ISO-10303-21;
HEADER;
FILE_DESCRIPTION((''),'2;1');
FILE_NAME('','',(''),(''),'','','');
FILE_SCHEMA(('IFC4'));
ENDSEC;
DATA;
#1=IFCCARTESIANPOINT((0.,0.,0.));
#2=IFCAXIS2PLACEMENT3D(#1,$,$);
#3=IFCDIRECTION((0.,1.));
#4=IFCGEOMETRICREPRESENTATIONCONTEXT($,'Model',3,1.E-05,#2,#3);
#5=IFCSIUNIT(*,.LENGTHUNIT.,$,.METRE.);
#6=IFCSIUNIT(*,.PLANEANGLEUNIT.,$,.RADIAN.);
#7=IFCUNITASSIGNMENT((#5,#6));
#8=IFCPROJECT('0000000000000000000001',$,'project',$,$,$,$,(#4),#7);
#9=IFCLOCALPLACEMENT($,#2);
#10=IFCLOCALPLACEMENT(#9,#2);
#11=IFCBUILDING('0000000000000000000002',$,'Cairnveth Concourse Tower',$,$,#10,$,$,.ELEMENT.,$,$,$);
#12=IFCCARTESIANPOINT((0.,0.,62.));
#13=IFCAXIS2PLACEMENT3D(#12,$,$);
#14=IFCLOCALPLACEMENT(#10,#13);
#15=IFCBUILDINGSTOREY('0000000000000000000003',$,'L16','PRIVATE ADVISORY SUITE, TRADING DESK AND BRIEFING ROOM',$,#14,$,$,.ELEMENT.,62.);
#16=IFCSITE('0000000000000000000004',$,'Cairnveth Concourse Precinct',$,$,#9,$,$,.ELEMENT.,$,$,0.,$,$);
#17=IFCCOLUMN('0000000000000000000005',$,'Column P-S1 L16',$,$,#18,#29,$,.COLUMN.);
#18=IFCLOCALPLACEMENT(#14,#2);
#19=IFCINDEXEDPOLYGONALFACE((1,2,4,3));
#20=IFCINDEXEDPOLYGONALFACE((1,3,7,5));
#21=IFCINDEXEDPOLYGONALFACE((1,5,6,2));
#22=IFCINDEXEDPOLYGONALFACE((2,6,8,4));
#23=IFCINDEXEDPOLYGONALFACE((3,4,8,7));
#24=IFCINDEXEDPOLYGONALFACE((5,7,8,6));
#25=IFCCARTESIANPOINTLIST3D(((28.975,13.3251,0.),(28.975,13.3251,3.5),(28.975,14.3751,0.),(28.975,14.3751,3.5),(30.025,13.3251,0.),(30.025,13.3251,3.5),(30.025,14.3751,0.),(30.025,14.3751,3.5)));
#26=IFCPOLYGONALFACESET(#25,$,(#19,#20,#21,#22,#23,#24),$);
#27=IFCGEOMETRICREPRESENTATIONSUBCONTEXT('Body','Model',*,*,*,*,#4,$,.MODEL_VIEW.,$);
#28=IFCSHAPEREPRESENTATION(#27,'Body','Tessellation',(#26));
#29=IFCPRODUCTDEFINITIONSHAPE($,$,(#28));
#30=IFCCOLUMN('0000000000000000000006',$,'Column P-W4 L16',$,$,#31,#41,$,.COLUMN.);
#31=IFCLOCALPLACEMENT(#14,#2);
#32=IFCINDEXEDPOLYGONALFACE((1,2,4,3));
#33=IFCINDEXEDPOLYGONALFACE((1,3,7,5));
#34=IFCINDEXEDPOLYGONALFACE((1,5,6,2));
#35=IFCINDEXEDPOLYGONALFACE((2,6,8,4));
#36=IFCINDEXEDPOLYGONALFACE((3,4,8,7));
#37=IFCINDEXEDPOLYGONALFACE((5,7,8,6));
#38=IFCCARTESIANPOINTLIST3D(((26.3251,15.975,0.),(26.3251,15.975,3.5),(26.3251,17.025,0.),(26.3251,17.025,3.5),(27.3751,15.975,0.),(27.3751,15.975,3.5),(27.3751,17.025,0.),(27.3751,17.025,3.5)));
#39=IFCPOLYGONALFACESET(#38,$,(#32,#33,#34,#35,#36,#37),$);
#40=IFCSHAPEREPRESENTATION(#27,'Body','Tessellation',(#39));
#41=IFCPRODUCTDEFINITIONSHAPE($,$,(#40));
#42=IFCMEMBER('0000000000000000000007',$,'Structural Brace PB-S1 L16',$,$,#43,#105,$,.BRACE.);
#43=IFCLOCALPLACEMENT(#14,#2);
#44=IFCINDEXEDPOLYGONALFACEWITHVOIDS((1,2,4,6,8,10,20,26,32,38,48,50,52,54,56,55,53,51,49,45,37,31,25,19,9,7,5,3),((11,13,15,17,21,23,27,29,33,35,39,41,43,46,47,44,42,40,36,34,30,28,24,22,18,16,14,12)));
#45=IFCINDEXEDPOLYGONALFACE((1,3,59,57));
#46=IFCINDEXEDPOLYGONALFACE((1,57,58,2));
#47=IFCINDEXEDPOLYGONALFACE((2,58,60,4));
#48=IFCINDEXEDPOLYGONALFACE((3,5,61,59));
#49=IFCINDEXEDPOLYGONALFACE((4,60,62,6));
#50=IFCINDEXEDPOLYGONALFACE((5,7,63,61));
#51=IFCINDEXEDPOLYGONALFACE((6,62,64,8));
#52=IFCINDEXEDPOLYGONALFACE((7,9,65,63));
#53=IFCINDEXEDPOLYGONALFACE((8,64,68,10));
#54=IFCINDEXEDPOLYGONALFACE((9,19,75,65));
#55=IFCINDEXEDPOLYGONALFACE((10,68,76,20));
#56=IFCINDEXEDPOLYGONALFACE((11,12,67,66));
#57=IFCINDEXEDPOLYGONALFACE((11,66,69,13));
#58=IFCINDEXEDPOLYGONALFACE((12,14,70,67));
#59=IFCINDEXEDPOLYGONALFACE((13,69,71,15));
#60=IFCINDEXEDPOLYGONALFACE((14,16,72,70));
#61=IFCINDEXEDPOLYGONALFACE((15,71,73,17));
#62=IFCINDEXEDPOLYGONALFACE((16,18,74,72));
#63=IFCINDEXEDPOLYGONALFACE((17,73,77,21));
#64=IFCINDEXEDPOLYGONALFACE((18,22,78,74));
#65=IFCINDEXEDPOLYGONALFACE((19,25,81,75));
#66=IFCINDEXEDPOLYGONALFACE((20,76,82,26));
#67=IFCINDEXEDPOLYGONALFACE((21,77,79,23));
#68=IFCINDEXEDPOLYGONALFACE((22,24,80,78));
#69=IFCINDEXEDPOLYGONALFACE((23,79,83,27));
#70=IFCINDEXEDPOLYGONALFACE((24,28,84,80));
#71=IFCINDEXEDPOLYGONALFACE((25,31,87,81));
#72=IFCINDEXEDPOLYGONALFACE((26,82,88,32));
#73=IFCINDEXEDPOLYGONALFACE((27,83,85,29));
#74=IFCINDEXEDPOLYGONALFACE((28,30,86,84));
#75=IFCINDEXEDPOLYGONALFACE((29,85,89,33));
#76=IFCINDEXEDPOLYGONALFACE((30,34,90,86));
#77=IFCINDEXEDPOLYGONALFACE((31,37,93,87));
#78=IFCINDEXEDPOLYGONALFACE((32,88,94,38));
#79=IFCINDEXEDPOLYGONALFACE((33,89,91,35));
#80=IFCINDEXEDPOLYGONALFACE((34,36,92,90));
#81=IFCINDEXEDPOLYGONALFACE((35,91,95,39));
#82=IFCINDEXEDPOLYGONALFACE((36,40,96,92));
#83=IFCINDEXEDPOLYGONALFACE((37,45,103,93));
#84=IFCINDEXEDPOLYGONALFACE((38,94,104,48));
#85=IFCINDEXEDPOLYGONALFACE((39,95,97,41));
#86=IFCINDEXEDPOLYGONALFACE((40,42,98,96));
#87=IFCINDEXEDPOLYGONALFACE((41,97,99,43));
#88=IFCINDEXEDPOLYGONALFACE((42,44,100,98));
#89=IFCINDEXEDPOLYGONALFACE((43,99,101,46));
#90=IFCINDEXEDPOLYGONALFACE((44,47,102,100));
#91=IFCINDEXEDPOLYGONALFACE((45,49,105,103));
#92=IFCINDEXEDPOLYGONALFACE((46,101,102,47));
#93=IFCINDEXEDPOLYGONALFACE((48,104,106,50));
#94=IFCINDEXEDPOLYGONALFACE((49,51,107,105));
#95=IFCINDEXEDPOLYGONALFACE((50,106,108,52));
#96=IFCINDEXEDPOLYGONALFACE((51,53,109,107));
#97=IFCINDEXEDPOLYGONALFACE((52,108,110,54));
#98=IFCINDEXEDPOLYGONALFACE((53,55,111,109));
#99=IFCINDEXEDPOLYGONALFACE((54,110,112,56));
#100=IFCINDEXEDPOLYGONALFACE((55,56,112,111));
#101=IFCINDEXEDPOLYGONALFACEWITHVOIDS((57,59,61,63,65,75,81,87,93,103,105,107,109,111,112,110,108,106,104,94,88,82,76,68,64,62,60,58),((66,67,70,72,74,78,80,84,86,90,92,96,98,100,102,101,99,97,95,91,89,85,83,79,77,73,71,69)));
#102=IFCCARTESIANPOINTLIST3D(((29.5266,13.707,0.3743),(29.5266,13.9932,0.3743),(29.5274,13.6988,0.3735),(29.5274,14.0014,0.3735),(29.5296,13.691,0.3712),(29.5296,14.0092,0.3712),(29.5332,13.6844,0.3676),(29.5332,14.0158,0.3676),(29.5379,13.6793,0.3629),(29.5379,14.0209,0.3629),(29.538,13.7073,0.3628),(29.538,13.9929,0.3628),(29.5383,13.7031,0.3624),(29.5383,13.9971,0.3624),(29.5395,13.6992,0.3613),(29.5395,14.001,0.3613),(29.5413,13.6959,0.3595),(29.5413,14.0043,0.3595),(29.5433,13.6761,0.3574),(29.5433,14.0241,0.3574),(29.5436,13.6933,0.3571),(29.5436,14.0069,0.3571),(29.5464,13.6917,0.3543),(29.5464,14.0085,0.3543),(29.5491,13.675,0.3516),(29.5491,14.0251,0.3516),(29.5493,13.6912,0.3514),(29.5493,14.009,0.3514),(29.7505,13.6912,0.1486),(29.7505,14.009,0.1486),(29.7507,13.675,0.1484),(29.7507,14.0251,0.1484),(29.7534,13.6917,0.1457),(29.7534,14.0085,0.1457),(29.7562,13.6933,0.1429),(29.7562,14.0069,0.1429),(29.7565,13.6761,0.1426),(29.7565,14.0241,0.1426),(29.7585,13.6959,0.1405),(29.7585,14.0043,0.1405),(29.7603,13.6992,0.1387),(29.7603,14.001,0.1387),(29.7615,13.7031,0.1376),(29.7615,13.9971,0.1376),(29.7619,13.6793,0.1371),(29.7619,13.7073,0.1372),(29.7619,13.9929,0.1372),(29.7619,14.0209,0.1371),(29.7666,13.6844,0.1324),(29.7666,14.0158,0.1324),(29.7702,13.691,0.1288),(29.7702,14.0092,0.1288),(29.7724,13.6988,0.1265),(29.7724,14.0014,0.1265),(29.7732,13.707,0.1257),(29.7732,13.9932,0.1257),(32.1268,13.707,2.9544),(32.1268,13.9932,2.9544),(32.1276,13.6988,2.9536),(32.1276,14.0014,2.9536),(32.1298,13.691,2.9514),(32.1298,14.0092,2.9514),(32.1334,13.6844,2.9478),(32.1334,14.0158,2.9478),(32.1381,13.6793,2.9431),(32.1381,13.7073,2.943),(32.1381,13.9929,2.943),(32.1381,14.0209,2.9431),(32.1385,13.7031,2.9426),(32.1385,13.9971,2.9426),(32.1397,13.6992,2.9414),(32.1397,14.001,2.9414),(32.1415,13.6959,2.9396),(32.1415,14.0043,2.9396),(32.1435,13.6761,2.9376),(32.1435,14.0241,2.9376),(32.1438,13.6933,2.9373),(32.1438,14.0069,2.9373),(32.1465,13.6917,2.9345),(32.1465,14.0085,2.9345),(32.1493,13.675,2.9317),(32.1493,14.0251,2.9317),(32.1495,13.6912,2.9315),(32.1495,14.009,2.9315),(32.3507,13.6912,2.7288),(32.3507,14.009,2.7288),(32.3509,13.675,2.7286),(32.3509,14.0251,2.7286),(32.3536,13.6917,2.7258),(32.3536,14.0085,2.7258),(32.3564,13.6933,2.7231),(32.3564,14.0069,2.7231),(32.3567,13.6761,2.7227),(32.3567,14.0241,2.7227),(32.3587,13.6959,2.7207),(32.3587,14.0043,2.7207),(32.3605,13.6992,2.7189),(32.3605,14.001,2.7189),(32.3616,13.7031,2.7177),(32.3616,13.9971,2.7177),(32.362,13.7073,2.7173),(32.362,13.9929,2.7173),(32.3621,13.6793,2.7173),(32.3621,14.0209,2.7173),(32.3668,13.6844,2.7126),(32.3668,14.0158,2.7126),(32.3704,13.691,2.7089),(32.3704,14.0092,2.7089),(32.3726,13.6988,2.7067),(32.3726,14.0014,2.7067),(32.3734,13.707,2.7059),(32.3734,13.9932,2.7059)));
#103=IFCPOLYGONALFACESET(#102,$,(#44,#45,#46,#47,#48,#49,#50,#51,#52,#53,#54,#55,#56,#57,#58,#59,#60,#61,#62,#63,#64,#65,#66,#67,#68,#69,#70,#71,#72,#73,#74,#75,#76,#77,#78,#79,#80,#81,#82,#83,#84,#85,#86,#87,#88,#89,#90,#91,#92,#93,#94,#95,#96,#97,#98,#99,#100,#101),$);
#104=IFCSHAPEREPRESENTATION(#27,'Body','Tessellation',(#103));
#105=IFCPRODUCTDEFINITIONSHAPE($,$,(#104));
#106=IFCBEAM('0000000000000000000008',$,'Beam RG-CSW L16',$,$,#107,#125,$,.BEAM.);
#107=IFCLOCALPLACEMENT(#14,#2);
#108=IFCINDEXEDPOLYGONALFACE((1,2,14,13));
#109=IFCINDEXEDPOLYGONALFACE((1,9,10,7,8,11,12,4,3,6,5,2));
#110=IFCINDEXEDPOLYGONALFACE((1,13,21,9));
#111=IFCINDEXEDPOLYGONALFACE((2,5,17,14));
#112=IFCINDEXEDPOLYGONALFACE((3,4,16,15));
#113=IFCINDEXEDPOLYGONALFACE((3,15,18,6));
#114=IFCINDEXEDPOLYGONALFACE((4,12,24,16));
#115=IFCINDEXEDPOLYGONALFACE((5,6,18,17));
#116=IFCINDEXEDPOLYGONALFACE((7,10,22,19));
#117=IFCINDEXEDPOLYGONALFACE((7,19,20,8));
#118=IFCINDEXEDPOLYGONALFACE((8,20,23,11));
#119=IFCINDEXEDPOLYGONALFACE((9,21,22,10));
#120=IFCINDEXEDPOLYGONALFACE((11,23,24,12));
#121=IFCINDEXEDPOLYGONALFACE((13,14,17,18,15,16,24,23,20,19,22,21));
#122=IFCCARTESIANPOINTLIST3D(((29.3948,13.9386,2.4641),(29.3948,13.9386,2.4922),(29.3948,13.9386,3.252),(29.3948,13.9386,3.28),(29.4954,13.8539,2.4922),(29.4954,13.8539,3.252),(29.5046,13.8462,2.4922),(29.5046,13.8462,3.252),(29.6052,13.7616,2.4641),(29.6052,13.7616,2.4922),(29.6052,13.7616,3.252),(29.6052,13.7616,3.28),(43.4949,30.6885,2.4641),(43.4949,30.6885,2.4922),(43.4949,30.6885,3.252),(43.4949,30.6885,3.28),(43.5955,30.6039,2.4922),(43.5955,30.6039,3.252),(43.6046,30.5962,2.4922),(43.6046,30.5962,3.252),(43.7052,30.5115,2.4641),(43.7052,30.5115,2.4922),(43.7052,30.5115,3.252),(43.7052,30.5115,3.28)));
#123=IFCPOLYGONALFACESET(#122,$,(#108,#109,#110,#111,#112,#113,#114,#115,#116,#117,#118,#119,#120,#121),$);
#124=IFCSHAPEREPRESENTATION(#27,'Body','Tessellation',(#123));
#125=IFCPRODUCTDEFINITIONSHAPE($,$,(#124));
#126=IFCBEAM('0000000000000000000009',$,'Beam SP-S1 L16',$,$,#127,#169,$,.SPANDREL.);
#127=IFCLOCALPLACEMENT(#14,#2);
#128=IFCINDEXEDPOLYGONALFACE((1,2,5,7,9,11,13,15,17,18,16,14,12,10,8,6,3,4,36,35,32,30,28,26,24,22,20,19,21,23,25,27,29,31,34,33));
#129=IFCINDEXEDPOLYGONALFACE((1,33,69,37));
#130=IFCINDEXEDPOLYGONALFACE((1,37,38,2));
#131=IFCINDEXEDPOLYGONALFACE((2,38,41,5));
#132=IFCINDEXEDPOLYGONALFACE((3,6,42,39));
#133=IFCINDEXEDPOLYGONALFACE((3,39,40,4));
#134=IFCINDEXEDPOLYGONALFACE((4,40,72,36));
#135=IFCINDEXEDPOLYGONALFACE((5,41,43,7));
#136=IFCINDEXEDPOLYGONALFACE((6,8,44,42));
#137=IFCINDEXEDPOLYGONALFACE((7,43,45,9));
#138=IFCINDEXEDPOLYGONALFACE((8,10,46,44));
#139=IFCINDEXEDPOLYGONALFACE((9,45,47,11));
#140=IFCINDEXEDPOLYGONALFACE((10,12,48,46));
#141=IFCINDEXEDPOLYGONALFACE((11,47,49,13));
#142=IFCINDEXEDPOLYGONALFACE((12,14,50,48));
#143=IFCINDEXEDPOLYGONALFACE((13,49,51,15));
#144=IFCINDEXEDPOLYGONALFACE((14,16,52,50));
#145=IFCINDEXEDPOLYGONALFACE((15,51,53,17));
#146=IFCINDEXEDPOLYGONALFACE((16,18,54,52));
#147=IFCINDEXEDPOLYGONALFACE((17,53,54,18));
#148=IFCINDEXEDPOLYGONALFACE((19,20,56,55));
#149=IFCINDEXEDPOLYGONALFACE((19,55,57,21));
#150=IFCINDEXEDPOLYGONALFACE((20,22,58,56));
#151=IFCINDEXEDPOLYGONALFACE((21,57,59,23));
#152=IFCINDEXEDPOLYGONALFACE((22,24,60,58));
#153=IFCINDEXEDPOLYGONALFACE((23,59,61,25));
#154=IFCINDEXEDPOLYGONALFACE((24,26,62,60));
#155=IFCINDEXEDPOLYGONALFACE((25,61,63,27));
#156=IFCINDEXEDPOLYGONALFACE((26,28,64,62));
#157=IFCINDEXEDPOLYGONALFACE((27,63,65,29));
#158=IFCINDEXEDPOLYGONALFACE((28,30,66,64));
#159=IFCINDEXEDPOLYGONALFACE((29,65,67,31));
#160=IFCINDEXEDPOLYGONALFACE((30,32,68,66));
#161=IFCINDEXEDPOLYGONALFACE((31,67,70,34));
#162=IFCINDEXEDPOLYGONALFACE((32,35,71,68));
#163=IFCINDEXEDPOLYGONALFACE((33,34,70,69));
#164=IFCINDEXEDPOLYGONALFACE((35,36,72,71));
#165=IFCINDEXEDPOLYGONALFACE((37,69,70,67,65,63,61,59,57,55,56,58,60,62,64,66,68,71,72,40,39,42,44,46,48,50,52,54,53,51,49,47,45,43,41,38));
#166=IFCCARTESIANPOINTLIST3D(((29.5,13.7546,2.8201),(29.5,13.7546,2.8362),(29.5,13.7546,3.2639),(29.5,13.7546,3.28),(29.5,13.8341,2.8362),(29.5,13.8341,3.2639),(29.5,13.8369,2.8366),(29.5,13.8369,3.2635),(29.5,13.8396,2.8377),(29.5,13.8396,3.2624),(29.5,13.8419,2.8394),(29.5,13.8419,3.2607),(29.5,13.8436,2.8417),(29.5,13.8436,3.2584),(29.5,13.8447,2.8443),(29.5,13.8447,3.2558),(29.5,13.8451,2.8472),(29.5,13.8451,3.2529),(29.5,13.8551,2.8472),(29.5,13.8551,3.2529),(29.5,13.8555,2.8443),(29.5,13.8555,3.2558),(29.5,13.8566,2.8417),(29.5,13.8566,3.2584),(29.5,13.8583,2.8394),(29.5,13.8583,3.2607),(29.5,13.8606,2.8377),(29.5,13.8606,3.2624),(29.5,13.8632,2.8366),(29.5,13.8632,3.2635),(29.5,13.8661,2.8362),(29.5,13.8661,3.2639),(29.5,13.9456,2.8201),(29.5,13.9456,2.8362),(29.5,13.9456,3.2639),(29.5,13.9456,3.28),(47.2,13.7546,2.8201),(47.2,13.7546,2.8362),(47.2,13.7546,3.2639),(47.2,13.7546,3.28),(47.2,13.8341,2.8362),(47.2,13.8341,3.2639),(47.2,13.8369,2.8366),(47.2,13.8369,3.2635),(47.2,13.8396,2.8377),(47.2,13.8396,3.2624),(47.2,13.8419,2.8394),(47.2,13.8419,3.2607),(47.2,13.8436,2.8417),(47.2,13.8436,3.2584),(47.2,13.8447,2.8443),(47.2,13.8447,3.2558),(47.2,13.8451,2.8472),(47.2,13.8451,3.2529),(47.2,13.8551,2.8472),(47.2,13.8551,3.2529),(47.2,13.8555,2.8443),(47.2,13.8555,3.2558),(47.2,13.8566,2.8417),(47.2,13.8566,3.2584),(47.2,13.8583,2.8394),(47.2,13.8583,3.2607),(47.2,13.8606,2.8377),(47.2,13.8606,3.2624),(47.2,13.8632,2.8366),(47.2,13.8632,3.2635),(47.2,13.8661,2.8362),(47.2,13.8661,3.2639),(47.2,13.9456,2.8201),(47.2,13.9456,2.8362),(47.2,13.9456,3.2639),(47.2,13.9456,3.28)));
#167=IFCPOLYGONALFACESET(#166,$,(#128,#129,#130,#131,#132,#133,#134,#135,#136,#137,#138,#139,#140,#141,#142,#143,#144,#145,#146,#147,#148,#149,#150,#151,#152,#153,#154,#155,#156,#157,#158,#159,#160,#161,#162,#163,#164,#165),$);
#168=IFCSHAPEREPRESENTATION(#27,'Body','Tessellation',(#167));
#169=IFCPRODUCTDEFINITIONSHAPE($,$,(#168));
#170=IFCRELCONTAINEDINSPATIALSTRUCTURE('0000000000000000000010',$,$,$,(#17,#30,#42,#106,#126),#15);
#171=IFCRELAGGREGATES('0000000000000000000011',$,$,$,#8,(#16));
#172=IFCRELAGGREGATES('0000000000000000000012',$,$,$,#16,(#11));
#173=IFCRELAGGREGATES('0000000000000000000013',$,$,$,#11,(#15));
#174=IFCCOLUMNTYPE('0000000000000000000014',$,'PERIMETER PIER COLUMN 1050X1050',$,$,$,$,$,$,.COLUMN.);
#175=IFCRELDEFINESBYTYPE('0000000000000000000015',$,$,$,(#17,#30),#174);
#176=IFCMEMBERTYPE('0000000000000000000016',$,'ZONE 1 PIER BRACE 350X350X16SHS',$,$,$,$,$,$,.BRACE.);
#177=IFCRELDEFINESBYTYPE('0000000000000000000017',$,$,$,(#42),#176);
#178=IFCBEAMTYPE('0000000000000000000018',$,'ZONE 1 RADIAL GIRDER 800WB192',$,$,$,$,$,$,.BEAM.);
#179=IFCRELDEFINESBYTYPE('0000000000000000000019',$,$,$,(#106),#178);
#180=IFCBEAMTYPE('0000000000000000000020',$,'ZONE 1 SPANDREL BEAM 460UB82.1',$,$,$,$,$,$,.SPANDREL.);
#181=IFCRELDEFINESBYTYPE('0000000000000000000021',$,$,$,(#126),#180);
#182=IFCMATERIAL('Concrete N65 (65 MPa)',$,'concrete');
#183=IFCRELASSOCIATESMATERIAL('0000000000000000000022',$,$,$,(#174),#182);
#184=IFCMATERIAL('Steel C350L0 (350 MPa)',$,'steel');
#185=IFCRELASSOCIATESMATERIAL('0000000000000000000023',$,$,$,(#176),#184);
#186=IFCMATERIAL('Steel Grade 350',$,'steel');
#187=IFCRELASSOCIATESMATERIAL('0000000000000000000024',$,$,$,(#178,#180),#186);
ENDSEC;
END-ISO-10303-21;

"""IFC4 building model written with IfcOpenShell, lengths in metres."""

from ifc_helpers import new_model, si_unit, direction, frame, origin, origin_2d, place, context, subcontext, project, spatial, rectangle, hollow_rectangle, i_section, extrude, material, material_profile, profile_set, type_object, element, save


model = new_model("IFC4")

# Units and contexts
model_context = context("Model", 3, precision=1e-05, world=origin(), true_north=direction((0.0, 1.0)))
body_context = subcontext(model_context, "Body", "Model", "MODEL_VIEW")
ifc_project = project(units=[si_unit("LENGTHUNIT", "METRE"), si_unit("PLANEANGLEUNIT", "RADIAN")], contexts=[model_context])

# Site, building, storey
site_placement = place(None, origin())
site = spatial("IfcSite", under=ifc_project, at=site_placement, Name="Cairnveth Concourse Precinct", CompositionType="ELEMENT", RefElevation=0.0)
building_placement = place(site_placement, origin())
building = spatial("IfcBuilding", under=site, at=building_placement, Name="Cairnveth Concourse Tower", CompositionType="ELEMENT")
storey_placement = place(building_placement, frame((0.0, 0.0, 62.0)))
storey = spatial("IfcBuildingStorey", under=building, at=storey_placement, Name="L16", Description="PRIVATE ADVISORY SUITE, TRADING DESK AND BRIEFING ROOM", CompositionType="ELEMENT", Elevation=62.0)

# Columns
ifc_material_1 = material(Name="Concrete N65 (65 MPa)", Category="concrete")
ifc_material_profile_1 = material_profile(ifc_material_1, rectangle(XDim=1.05, YDim=1.05, at=origin_2d()), Name="RC-COL-1050x1050")
ifc_profile_set_1 = profile_set([ifc_material_profile_1], Name="Concrete N65 (65 MPa)")
column_type = type_object("IfcColumnType", Name="PERIMETER PIER COLUMN 1050X1050", PredefinedType="COLUMN", material=ifc_profile_set_1)
for number, where, z_axis, x_axis, name in (
    (1, (29.5, 13.8501, 0.0), (0.0, 0.0, 1.0), (1.0, 0.0, 0.0), "Column P-S1 L16"),
    (2, (26.8501, 16.5, 0.0), (0.0, 0.0, 1.0), (0.0, 1.0, 0.0), "Column P-W4 L16"),
):
    element("IfcColumn", number, at=place(storey_placement, frame(where, z_axis=z_axis, x_axis=x_axis)), inside=storey, type_object=column_type, Name=name, PredefinedType="COLUMN", context=body_context, shape_type="SweptSolid", body=[
        extrude(rectangle(XDim=1.05, YDim=1.05, at=origin_2d()), origin(), (0.0, 0.0, 1.0), 3.5),
    ])

# Member
ifc_material_2 = material(Name="Steel C350L0 (350 MPa)", Category="steel")
ifc_material_profile_2 = material_profile(ifc_material_2, hollow_rectangle(XDim=0.3501, YDim=0.3501, WallThickness=0.0161, InnerFilletRadius=0.0161, OuterFilletRadius=0.032, at=origin_2d()), Name="350x350x16.0SHS")
ifc_profile_set_2 = profile_set([ifc_material_profile_2], Name="Steel C350L0 (350 MPa)")
member_type = type_object("IfcMemberType", Name="ZONE 1 PIER BRACE 350X350X16SHS", PredefinedType="BRACE", material=ifc_profile_set_2)
member_placement = place(storey_placement, frame((29.6499, 13.8501, 0.25), z_axis=(0.709834, 0.0, 0.704369), x_axis=(0.0, 1.0, 0.0)))
element("IfcMember", 3, at=member_placement, inside=storey, type_object=member_type, Name="Structural Brace PB-S1 L16", PredefinedType="BRACE", context=body_context, shape_type="SweptSolid", body=[
    extrude(hollow_rectangle(XDim=0.3501, YDim=0.3501, WallThickness=0.0161, InnerFilletRadius=0.0161, OuterFilletRadius=0.032, at=origin_2d()), origin(), (0.0, 0.0, 1.0), 3.6631),
])

# Beams
ifc_material_3 = material(Name="Steel Grade 350", Category="steel")
ifc_material_profile_3 = material_profile(ifc_material_3, i_section(OverallWidth=0.2749, OverallDepth=0.8159, WebThickness=0.012, FlangeThickness=0.0281, at=origin_2d()), Name="800WB192")
ifc_profile_set_3 = profile_set([ifc_material_profile_3], Name="Steel Grade 350")
beam_type_1 = type_object("IfcBeamType", Name="ZONE 1 RADIAL GIRDER 800WB192", PredefinedType="BEAM", material=ifc_profile_set_3)
beam_placement = place(storey_placement, frame((29.5, 13.8501, 2.8721), z_axis=(0.643998, 0.765027, 0.0), x_axis=(-0.765027, 0.643998, 0.0)))
element("IfcBeam", 4, at=beam_placement, inside=storey, type_object=beam_type_1, Name="Beam RG-CSW L16", PredefinedType="BEAM", context=body_context, shape_type="SweptSolid", body=[
    extrude(i_section(OverallWidth=0.2749, OverallDepth=0.8159, WebThickness=0.012, FlangeThickness=0.0281, at=origin_2d()), origin(), (0.0, 0.0, 1.0), 21.8945),
])
ifc_material_profile_4 = material_profile(ifc_material_3, i_section(OverallWidth=0.1909, OverallDepth=0.46, WebThickness=0.01, FlangeThickness=0.0161, FilletRadius=0.011, at=origin_2d()), Name="460UB82.1")
ifc_profile_set_4 = profile_set([ifc_material_profile_4], Name="Steel Grade 350")
beam_type_2 = type_object("IfcBeamType", Name="ZONE 1 SPANDREL BEAM 460UB82.1", PredefinedType="SPANDREL", material=ifc_profile_set_4)
for number, where, z_axis, x_axis, name in (
    (5, (29.5, 13.8501, 3.05), (1.0, 0.0, 0.0), (0.0, 1.0, 0.0), "Beam SP-S1 L16"),
):
    element("IfcBeam", number, at=place(storey_placement, frame(where, z_axis=z_axis, x_axis=x_axis)), inside=storey, type_object=beam_type_2, Name=name, PredefinedType="SPANDREL", context=body_context, shape_type="SweptSolid", body=[
        extrude(i_section(OverallWidth=0.1909, OverallDepth=0.46, WebThickness=0.01, FlangeThickness=0.0161, FilletRadius=0.011, at=origin_2d()), origin(), (0.0, 0.0, 1.0), 17.7),
    ])

save(model, "model.ifc")
